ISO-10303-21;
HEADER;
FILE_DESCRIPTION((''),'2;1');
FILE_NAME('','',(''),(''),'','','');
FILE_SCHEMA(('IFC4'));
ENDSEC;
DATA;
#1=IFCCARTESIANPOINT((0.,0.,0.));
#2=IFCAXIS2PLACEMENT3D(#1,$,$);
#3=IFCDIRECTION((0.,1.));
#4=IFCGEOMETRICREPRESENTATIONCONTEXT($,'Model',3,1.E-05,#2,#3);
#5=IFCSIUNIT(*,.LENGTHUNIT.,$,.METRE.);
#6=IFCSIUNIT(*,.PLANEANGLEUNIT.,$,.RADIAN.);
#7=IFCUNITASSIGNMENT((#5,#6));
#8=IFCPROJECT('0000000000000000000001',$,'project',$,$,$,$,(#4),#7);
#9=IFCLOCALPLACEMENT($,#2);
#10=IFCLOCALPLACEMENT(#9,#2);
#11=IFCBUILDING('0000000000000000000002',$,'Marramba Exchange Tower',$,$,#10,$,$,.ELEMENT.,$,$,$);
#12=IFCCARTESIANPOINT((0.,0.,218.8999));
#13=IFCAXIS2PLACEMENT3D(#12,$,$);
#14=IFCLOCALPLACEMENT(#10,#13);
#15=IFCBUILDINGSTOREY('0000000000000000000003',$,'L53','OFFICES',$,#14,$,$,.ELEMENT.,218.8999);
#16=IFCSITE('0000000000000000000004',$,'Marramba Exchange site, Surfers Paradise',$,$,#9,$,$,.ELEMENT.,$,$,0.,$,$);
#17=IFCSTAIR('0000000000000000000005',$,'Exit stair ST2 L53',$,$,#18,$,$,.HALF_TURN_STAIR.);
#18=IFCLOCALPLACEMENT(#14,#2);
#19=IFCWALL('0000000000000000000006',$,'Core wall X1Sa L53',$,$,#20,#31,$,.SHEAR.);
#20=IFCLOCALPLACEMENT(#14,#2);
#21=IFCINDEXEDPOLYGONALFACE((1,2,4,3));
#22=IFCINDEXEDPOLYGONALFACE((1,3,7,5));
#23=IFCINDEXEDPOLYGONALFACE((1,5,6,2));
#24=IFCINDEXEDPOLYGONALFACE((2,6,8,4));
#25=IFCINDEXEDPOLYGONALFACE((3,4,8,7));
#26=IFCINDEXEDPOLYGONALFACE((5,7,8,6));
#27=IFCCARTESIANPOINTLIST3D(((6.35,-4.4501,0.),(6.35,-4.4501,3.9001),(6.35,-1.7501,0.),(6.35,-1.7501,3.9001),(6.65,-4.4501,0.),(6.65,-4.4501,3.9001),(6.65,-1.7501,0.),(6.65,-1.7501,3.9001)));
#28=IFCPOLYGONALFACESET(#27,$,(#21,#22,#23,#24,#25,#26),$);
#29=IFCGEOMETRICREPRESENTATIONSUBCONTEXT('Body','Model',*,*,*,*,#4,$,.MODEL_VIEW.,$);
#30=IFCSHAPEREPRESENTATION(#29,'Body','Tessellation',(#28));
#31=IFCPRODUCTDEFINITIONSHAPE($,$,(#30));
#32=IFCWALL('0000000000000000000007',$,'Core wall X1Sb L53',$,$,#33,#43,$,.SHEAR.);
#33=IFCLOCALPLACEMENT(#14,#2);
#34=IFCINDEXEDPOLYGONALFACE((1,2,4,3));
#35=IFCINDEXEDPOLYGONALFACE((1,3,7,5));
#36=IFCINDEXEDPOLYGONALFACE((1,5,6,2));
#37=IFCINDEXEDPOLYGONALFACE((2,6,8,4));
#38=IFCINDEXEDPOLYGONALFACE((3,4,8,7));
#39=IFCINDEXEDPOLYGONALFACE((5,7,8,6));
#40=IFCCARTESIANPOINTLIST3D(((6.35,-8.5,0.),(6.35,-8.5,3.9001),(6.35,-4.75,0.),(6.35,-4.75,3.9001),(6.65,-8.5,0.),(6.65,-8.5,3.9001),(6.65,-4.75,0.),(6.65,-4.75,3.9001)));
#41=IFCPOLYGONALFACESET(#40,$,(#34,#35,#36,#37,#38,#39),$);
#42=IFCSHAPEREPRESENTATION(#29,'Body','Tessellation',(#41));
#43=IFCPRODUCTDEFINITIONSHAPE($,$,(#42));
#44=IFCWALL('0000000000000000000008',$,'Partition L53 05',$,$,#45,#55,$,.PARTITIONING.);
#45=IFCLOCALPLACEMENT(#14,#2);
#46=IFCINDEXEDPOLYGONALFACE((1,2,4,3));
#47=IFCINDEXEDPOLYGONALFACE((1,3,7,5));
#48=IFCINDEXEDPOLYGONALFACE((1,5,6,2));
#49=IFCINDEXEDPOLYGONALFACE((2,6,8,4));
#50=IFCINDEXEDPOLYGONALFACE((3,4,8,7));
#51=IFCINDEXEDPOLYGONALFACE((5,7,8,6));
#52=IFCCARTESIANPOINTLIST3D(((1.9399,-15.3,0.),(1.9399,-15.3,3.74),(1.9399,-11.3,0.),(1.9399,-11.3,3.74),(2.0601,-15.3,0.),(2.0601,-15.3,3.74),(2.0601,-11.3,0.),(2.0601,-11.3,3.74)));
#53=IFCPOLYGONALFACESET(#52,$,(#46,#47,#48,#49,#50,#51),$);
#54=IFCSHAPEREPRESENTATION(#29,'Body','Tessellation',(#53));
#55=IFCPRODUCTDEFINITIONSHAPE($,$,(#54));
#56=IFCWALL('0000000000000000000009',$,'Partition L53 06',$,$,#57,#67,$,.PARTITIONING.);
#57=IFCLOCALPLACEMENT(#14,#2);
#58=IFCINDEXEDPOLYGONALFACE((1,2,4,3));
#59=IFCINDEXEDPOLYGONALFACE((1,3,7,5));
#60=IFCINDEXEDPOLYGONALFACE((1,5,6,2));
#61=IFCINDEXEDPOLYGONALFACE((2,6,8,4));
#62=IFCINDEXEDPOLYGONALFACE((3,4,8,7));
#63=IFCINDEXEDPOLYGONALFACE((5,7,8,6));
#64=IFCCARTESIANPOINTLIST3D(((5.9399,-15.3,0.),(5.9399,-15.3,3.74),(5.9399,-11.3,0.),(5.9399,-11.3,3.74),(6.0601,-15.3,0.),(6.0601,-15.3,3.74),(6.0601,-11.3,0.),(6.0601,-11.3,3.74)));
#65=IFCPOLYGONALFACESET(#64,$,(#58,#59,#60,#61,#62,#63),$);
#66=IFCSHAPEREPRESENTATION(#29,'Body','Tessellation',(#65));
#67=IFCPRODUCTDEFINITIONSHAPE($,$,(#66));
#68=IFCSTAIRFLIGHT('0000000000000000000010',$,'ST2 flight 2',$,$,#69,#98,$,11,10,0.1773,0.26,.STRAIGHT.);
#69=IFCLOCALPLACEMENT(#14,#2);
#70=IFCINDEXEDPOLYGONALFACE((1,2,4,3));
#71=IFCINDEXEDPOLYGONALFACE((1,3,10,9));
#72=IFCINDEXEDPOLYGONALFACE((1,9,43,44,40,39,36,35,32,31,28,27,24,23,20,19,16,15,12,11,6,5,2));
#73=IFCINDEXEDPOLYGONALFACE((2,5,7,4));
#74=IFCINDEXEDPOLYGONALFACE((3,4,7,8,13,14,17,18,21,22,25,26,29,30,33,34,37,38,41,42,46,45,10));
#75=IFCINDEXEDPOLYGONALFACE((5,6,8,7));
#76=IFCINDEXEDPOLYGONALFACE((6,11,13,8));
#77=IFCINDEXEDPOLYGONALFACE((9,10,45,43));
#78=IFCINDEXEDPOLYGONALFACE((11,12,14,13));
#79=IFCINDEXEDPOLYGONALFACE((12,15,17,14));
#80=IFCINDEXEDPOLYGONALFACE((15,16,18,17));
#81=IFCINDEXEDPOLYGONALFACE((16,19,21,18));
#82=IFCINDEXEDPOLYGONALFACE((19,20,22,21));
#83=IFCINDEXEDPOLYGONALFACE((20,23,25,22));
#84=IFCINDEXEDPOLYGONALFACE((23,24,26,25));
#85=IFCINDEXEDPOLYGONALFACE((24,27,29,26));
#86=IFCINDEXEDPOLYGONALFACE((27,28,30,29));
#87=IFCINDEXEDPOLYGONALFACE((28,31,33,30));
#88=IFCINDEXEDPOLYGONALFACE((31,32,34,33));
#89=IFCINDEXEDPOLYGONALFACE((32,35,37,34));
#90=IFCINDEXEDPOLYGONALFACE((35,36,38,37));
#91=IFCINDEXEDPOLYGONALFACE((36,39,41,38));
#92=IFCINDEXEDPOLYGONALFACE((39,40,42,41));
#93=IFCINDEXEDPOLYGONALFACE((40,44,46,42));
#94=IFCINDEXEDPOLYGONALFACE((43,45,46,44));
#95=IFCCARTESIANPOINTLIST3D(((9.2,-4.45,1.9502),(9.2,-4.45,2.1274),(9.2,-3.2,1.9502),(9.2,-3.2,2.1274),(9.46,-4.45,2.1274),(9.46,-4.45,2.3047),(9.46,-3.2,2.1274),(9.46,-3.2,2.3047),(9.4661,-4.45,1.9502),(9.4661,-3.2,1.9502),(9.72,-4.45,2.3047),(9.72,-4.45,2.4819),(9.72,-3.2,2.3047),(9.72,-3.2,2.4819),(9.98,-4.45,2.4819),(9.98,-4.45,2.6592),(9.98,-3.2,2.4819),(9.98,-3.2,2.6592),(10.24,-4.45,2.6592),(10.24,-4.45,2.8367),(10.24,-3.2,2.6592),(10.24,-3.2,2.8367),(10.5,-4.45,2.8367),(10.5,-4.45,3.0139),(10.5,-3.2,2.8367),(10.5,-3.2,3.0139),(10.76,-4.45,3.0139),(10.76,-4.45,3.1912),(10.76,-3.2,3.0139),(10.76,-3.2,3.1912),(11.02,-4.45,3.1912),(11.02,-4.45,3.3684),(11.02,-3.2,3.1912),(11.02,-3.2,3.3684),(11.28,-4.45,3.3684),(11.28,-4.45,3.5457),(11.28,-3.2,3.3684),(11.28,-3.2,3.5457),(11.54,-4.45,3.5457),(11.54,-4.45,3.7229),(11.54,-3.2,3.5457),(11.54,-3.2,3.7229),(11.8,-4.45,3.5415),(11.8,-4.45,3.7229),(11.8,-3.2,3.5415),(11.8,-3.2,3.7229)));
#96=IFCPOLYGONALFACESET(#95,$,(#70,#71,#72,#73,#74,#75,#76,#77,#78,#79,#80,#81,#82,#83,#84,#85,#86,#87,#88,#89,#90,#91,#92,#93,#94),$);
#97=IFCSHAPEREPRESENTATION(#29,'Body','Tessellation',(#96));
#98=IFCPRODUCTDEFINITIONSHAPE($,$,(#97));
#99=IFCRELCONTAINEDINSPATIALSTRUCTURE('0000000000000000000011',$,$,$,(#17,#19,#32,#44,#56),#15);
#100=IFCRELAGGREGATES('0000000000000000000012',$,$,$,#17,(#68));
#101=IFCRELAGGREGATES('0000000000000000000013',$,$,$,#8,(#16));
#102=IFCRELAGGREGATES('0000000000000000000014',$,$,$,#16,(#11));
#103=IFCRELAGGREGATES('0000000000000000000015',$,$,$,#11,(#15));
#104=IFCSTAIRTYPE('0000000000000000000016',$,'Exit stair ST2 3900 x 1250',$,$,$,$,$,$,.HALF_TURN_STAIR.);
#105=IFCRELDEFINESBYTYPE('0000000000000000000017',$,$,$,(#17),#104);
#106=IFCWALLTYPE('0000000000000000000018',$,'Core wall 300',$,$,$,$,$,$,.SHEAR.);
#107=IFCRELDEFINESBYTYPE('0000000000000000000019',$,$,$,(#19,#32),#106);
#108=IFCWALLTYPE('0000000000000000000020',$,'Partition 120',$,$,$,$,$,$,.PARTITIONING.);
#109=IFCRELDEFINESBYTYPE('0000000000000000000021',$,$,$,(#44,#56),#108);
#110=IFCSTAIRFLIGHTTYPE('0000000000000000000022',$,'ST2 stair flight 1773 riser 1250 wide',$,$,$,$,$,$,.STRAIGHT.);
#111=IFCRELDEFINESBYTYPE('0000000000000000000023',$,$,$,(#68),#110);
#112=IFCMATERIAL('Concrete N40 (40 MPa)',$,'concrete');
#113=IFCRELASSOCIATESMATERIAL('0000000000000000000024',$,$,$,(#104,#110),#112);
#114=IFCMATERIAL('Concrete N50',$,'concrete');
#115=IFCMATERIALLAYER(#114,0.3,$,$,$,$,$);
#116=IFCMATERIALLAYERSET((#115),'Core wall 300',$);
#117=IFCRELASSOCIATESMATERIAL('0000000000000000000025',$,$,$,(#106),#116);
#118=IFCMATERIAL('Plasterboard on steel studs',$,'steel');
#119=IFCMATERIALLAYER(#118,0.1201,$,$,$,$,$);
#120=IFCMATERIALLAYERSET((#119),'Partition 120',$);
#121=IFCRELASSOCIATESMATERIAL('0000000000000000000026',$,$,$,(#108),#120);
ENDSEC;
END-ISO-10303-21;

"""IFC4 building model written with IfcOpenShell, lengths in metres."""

from ifc_helpers import new_model, si_unit, direction, frame, frame_2d, origin, place, context, subcontext, project, spatial, polyline, rectangle, outline, extrude, material, layer, layer_set, type_object, element, aggregate, save


model = new_model("IFC4")

# Units and contexts
model_context = context("Model", 3, precision=1e-05, world=origin(), true_north=direction((0.0, 1.0)))
body_context = subcontext(model_context, "Body", "Model", "MODEL_VIEW")
ifc_project = project(units=[si_unit("LENGTHUNIT", "METRE"), si_unit("PLANEANGLEUNIT", "RADIAN")], contexts=[model_context])

# Site, building, storey
site_placement = place(None, origin())
site = spatial("IfcSite", under=ifc_project, at=site_placement, Name="Marramba Exchange site, Surfers Paradise", CompositionType="ELEMENT", RefElevation=0.0)
building_placement = place(site_placement, origin())
building = spatial("IfcBuilding", under=site, at=building_placement, Name="Marramba Exchange Tower", CompositionType="ELEMENT")
storey_placement = place(building_placement, frame((0.0, 0.0, 218.8999)))
storey = spatial("IfcBuildingStorey", under=building, at=storey_placement, Name="L53", Description="OFFICES", CompositionType="ELEMENT", Elevation=218.8999)

# Stair
ifc_material_1 = material(Name="Concrete N40 (40 MPa)", Category="concrete")
stair_type_1 = type_object("IfcStairType", Name="Exit stair ST2 3900 x 1250", PredefinedType="HALF_TURN_STAIR", material=ifc_material_1)
stair_1_placement = place(storey_placement, origin())
stair_1 = element("IfcStair", 1, at=stair_1_placement, inside=storey, type_object=stair_type_1, Name="Exit stair ST2 L53", PredefinedType="HALF_TURN_STAIR")

# Walls
ifc_material_2 = material(Name="Concrete N50", Category="concrete")
ifc_layer_1 = layer(ifc_material_2, 0.3)
ifc_layer_set_1 = layer_set([ifc_layer_1], Name="Core wall 300")
wall_type_1 = type_object("IfcWallType", Name="Core wall 300", PredefinedType="SHEAR", material=ifc_layer_set_1)
wall_1_placement = place(storey_placement, frame((6.5, -1.75, 0.0), z_axis=(0.0, 0.0, 1.0), x_axis=(0.0, -1.0, 0.0)))
element("IfcWall", 2, at=wall_1_placement, inside=storey, type_object=wall_type_1, Name="Core wall X1Sa L53", PredefinedType="SHEAR", context=body_context, shape_type="SweptSolid", body=[
    extrude(rectangle(XDim=2.7, YDim=0.3, at=frame_2d((1.3501, 0.0))), origin(), (0.0, 0.0, 1.0), 3.9001),
])
wall_2_placement = place(storey_placement, frame((6.5, -4.75, 0.0), z_axis=(0.0, 0.0, 1.0), x_axis=(0.0, -1.0, 0.0)))
element("IfcWall", 3, at=wall_2_placement, inside=storey, type_object=wall_type_1, Name="Core wall X1Sb L53", PredefinedType="SHEAR", context=body_context, shape_type="SweptSolid", body=[
    extrude(rectangle(XDim=3.75, YDim=0.3, at=frame_2d((1.875, 0.0))), origin(), (0.0, 0.0, 1.0), 3.9001),
])
ifc_material_3 = material(Name="Plasterboard on steel studs", Category="steel")
ifc_layer_2 = layer(ifc_material_3, 0.1201)
ifc_layer_set_2 = layer_set([ifc_layer_2], Name="Partition 120")
wall_type_2 = type_object("IfcWallType", Name="Partition 120", PredefinedType="PARTITIONING", material=ifc_layer_set_2)
for number, where, z_axis, x_axis, name in (
    (4, (2.0, -11.3, 0.0), (0.0, 0.0, 1.0), (0.0, -1.0, 0.0), "Partition L53 05"),
    (5, (6.0, -11.3, 0.0), (0.0, 0.0, 1.0), (0.0, -1.0, 0.0), "Partition L53 06"),
):
    element("IfcWall", number, at=place(storey_placement, frame(where, z_axis=z_axis, x_axis=x_axis)), inside=storey, type_object=wall_type_2, Name=name, PredefinedType="PARTITIONING", context=body_context, shape_type="SweptSolid", body=[
        extrude(rectangle(XDim=4.0, YDim=0.1201, at=frame_2d((2.0, 0.0))), origin(), (0.0, 0.0, 1.0), 3.74),
    ])

# Stair flight
stair_flight_type = type_object("IfcStairFlightType", Name="ST2 stair flight 1773 riser 1250 wide", PredefinedType="STRAIGHT", material=ifc_material_1)
stair_flight_placement = place(storey_placement, frame((9.2, -3.825, 1.9502), z_axis=(0.0, 0.0, 1.0), x_axis=(1.0, 0.0, 0.0)))
stair_flight = element("IfcStairFlight", 6, at=stair_flight_placement, type_object=stair_flight_type, Name="ST2 flight 2", NumberOfRisers=11, NumberOfTreads=10, PredefinedType="STRAIGHT", RiserHeight=0.1773, TreadLength=0.26, context=body_context, shape_type="SweptSolid", body=[
    extrude(outline(polyline([(0.0, 0.0), (0.0, 0.1772), (0.26, 0.1772), (0.26, 0.3545), (0.52, 0.3545), (0.52, 0.5317), (0.78, 0.5317), (0.78, 0.709), (1.04, 0.709), (1.04, 0.8865), (1.3, 0.8865), (1.3, 1.0637), (1.5601, 1.0637), (1.5601, 1.241), (1.8201, 1.241), (1.8201, 1.4182), (2.0801, 1.4182), (2.0801, 1.5955), (2.3401, 1.5955), (2.3401, 1.7727), (2.6001, 1.7727), (2.6001, 1.95), (2.6001, 1.5913), (0.2661, 0.0), (0.0, 0.0)])), frame((0.0, 0.625, 0.0), z_axis=(0.0, -1.0, 0.0), x_axis=(1.0, 0.0, 0.0)), (0.0, 0.0, 1.0), 1.25),
])
aggregate(stair_1, [stair_flight])

save(model, "model.ifc")
